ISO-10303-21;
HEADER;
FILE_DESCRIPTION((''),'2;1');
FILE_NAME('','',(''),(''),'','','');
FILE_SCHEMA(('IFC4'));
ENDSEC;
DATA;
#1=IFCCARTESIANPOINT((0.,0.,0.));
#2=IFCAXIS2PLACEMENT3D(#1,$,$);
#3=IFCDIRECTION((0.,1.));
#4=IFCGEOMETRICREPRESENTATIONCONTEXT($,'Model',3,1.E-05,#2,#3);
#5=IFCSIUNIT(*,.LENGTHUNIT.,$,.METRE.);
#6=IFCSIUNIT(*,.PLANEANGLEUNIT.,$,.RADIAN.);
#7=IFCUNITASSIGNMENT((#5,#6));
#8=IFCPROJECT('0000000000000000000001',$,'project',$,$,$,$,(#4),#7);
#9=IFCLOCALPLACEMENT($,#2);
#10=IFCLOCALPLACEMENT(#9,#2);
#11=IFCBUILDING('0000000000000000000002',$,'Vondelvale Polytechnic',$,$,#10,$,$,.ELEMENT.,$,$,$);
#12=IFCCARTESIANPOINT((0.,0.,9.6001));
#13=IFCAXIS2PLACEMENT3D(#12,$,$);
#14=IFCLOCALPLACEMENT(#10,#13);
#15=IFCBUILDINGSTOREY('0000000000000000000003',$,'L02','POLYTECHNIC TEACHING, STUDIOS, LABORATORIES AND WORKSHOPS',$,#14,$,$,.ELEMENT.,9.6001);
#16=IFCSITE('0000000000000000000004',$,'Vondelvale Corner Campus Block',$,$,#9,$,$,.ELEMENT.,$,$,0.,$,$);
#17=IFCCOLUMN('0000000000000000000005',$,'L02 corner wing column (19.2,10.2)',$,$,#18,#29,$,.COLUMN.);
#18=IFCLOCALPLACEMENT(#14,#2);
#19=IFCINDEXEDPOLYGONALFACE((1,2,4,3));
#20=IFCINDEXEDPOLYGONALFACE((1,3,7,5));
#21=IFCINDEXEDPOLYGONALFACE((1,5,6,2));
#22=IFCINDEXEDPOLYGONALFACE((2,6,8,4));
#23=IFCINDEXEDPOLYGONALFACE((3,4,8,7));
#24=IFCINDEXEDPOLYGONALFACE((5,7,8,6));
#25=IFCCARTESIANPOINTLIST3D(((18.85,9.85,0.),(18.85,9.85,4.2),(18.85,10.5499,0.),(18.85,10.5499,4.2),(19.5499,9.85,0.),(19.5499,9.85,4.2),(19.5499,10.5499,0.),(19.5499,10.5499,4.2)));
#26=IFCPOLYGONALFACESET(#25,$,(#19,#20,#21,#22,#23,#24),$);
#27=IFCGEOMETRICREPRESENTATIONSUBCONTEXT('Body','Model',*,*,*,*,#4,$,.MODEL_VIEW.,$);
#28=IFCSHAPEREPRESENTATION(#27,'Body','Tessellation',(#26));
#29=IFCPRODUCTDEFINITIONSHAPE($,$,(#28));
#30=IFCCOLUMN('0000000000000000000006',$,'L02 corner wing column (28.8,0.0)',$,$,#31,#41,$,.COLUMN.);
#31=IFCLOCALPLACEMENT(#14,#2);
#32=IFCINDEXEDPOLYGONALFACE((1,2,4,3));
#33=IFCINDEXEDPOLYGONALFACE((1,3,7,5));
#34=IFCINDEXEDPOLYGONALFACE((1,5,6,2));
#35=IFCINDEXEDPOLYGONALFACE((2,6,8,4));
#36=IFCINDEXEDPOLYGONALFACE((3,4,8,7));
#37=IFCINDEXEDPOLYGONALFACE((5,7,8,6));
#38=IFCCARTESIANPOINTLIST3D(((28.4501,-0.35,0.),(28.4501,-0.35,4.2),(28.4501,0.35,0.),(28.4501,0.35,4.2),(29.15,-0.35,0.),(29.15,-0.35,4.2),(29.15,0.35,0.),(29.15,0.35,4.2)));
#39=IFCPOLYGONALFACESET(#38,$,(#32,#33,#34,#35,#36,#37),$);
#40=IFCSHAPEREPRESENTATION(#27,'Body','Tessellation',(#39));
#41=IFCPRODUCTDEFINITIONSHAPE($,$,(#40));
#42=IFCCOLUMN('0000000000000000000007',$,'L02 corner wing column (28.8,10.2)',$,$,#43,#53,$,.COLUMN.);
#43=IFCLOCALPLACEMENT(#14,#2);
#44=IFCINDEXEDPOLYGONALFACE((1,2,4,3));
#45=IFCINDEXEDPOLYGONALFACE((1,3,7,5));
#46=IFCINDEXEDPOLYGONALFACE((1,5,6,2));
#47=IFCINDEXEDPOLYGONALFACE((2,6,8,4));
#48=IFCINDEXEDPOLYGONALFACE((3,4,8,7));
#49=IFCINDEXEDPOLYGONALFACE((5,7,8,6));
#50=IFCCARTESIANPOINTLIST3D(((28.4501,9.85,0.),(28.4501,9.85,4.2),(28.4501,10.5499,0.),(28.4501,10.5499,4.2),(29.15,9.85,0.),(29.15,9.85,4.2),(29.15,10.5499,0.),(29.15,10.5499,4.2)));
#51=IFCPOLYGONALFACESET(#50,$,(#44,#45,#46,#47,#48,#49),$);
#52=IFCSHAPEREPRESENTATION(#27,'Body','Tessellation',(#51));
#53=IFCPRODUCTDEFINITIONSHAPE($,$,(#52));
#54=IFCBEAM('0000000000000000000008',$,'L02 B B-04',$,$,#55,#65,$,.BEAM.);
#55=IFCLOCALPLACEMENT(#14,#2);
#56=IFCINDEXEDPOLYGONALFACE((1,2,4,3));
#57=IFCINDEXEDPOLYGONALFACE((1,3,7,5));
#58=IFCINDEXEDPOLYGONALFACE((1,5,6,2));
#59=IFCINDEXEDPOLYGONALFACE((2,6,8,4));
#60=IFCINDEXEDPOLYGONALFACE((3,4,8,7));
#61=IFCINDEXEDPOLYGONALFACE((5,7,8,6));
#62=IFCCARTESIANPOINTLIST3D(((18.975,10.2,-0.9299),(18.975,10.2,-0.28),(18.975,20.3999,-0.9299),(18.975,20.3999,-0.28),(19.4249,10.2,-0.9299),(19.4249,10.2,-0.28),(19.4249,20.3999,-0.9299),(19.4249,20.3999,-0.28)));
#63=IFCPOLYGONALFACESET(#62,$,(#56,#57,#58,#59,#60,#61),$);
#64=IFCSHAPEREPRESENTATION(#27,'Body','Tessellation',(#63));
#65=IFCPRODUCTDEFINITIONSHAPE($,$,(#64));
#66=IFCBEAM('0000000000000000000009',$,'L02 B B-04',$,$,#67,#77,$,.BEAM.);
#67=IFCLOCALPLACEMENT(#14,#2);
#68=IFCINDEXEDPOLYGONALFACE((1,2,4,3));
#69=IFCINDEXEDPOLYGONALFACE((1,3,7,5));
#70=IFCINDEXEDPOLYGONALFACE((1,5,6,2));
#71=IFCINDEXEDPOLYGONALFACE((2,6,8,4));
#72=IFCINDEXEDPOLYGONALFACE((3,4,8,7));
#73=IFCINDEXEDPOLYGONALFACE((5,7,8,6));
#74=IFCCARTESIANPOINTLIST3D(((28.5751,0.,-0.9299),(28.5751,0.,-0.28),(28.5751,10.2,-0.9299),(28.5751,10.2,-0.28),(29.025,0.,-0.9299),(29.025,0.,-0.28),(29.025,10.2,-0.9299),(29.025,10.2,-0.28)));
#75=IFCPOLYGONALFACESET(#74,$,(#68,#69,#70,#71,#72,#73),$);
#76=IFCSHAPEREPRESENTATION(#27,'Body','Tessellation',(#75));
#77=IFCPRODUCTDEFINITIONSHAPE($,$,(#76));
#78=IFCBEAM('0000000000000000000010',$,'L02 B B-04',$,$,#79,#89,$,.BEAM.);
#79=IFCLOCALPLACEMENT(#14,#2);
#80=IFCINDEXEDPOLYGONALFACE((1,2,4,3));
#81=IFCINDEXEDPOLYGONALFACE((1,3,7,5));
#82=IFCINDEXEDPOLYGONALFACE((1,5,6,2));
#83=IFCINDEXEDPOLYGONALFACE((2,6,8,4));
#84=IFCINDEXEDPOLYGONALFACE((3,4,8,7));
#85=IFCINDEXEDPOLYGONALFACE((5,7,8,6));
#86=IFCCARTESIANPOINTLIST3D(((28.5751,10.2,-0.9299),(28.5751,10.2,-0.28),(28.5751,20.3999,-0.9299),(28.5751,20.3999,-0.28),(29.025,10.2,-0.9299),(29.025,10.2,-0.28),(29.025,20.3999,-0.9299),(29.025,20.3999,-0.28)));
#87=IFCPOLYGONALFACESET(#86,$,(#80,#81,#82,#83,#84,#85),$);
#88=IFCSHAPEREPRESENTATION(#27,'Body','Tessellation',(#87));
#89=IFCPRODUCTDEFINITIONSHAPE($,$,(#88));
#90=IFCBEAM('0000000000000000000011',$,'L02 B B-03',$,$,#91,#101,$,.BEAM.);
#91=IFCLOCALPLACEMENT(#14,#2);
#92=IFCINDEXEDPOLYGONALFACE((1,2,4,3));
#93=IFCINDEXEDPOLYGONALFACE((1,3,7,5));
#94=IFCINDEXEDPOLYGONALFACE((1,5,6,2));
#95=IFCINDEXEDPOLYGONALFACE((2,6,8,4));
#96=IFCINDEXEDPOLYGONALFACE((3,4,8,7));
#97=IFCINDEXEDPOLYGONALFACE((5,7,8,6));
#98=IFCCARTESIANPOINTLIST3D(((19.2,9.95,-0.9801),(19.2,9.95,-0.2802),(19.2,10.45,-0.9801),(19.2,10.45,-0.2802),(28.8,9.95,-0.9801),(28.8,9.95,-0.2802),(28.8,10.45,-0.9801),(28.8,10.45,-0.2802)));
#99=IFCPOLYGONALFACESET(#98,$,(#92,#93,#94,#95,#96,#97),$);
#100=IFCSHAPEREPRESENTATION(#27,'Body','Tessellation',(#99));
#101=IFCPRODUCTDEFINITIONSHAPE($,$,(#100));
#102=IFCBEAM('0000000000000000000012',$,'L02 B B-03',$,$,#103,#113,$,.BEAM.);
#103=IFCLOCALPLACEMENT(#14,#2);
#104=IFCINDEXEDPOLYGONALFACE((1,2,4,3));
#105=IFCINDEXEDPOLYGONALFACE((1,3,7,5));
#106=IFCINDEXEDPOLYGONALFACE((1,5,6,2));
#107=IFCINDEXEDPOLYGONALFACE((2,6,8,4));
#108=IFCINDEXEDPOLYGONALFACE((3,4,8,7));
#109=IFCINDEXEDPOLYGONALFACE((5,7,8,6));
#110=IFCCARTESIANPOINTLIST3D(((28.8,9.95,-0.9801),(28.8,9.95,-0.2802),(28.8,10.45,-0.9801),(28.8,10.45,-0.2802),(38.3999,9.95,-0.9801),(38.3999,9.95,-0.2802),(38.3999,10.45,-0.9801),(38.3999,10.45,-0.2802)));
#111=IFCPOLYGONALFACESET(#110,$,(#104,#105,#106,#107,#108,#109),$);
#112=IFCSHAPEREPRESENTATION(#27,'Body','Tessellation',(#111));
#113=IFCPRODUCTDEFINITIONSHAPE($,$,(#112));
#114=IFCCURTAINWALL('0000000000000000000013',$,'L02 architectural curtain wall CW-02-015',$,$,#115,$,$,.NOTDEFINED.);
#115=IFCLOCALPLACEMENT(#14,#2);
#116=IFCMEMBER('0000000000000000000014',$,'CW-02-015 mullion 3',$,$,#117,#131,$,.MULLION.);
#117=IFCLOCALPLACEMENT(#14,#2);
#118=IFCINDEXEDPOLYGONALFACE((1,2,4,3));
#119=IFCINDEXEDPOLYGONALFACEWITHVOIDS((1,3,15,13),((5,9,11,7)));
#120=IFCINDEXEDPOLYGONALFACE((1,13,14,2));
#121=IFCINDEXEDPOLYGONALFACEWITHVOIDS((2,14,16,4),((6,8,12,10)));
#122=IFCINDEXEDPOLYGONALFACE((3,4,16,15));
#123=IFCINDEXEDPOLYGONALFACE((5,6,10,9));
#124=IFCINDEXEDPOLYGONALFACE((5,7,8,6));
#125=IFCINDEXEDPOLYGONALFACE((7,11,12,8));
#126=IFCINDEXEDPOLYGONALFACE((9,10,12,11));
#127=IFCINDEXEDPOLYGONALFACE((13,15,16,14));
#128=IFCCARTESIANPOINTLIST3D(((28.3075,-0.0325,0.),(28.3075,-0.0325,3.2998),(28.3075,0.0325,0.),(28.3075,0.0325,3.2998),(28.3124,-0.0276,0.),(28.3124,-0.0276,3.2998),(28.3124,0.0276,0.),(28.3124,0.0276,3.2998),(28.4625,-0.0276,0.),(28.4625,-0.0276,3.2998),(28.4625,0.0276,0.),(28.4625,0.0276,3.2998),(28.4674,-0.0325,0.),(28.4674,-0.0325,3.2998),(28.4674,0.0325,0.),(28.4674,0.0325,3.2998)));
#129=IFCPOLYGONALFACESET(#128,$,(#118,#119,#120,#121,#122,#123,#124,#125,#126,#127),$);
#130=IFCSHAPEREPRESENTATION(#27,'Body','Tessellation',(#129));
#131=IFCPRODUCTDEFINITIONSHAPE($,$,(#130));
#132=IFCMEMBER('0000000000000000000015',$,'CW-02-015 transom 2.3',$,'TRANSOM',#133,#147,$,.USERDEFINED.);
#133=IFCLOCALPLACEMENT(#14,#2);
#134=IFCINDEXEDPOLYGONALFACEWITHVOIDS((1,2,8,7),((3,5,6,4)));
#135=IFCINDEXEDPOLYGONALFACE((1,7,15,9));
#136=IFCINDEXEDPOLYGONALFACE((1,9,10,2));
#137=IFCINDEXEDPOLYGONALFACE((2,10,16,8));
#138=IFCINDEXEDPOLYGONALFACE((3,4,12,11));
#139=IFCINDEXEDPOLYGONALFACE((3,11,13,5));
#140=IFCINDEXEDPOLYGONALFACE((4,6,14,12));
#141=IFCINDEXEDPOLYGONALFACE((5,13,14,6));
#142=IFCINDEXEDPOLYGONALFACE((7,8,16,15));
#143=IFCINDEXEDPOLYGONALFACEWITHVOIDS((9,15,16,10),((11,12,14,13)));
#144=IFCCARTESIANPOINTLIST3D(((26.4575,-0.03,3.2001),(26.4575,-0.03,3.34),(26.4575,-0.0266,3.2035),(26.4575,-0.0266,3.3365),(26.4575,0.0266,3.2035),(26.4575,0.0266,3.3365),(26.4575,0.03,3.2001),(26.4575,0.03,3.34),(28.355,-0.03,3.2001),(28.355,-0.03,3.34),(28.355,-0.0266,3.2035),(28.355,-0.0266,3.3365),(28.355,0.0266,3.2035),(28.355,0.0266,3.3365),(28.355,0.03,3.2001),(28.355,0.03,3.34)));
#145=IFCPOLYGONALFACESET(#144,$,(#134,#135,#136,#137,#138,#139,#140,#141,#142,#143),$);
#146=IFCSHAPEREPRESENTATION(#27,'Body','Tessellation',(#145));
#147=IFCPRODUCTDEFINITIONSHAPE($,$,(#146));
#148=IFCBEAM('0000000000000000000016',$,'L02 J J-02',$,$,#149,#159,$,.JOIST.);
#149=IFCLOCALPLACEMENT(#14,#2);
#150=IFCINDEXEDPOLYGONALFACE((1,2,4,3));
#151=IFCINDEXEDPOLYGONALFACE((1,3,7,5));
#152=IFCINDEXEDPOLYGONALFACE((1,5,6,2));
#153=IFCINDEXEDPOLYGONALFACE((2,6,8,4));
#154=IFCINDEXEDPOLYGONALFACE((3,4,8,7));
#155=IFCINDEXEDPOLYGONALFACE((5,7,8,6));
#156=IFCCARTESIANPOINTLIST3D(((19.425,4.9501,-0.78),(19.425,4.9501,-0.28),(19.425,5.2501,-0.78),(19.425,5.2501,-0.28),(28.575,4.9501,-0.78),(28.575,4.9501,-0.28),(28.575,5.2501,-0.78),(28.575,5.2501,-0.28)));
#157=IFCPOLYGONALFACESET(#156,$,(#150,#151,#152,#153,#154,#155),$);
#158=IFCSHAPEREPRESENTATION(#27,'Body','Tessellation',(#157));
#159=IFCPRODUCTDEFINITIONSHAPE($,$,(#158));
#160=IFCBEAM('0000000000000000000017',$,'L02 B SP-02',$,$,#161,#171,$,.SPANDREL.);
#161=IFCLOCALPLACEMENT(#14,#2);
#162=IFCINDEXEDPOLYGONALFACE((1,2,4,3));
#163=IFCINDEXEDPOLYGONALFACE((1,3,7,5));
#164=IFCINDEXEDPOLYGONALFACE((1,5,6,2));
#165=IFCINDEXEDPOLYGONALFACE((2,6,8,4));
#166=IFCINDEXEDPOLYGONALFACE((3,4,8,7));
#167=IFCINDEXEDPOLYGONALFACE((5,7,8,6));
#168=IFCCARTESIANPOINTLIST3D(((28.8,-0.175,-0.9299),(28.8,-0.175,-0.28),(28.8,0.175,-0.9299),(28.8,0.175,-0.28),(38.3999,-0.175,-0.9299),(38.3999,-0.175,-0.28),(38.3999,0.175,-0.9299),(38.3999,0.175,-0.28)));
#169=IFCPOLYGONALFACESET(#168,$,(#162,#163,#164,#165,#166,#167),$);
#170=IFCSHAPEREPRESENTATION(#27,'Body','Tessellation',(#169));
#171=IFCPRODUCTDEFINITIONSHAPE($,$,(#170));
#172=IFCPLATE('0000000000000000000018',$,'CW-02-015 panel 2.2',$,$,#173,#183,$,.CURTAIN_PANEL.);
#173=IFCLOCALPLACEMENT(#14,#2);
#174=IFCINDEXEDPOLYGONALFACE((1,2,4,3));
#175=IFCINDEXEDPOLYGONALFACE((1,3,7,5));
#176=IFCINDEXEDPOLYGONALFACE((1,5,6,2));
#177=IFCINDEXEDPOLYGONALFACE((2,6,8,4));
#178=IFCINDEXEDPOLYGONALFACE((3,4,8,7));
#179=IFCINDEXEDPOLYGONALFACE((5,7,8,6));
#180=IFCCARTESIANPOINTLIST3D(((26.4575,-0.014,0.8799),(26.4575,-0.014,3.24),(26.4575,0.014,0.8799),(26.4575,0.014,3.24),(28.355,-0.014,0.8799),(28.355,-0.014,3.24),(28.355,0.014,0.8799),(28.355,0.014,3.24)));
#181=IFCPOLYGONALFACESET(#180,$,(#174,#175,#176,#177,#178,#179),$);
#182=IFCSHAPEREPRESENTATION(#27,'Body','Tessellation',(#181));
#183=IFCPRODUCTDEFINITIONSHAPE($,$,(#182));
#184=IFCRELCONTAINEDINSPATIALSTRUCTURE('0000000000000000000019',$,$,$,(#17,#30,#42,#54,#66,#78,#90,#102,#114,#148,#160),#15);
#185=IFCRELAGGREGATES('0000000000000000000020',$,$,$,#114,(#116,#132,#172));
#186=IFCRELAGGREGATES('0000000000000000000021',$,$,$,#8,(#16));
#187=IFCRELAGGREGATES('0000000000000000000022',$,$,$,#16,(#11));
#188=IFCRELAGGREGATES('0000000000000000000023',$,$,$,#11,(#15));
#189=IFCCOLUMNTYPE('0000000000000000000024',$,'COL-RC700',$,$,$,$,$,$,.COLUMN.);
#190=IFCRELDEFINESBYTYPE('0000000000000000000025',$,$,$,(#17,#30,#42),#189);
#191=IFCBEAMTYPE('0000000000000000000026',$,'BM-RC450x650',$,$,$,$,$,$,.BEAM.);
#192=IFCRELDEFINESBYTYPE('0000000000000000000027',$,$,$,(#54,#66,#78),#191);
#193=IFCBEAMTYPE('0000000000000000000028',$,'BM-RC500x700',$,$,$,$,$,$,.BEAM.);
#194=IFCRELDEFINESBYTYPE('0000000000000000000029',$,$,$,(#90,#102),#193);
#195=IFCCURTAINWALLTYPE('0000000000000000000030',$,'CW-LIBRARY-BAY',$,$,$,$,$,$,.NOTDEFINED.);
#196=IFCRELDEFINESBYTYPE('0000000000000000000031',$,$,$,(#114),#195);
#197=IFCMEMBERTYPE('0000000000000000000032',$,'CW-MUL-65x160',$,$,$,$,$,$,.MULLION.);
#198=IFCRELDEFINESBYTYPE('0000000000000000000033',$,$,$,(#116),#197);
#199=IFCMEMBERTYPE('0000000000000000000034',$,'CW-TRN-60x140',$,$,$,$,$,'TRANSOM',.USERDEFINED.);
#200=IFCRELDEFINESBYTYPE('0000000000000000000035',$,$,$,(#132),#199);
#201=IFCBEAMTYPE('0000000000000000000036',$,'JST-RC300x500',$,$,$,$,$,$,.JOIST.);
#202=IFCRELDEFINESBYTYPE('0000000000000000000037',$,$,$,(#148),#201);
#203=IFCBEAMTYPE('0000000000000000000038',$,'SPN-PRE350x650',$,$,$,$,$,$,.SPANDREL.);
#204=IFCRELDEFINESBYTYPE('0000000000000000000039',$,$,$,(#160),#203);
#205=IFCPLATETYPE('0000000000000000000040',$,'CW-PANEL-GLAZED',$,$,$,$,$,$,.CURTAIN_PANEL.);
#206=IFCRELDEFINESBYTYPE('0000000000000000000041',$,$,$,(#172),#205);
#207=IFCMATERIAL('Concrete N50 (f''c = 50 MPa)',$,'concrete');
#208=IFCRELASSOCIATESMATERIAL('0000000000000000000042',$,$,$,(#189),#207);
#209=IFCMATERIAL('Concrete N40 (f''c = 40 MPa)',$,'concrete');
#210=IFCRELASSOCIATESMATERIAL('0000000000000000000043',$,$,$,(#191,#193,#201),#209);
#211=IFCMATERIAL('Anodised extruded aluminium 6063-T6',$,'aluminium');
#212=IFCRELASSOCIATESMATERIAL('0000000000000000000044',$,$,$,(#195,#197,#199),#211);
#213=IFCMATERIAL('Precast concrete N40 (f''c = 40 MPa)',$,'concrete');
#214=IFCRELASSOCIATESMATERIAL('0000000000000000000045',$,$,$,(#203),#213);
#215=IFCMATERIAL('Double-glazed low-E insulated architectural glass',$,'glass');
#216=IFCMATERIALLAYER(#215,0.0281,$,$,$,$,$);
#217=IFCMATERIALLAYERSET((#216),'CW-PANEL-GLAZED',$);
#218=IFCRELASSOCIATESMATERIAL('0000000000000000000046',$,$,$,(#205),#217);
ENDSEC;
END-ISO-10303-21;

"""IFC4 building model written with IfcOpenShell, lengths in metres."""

from ifc_helpers import new_model, si_unit, direction, frame, origin, origin_2d, place, context, subcontext, project, spatial, rectangle, hollow_rectangle, extrude, material, layer, layer_set, material_profile, profile_set, type_object, element, aggregate, save


model = new_model("IFC4")

# Units and contexts
model_context = context("Model", 3, precision=1e-05, world=origin(), true_north=direction((0.0, 1.0)))
body_context = subcontext(model_context, "Body", "Model", "MODEL_VIEW")
ifc_project = project(units=[si_unit("LENGTHUNIT", "METRE"), si_unit("PLANEANGLEUNIT", "RADIAN")], contexts=[model_context])

# Site, building, storey
site_placement = place(None, origin())
site = spatial("IfcSite", under=ifc_project, at=site_placement, Name="Vondelvale Corner Campus Block", CompositionType="ELEMENT", RefElevation=0.0)
building_placement = place(site_placement, origin())
building = spatial("IfcBuilding", under=site, at=building_placement, Name="Vondelvale Polytechnic", CompositionType="ELEMENT")
storey_placement = place(building_placement, frame((0.0, 0.0, 9.6001)))
storey = spatial("IfcBuildingStorey", under=building, at=storey_placement, Name="L02", Description="POLYTECHNIC TEACHING, STUDIOS, LABORATORIES AND WORKSHOPS", CompositionType="ELEMENT", Elevation=9.6001)

# Columns
ifc_material_1 = material(Name="Concrete N50 (f'c = 50 MPa)", Category="concrete")
ifc_material_profile_1 = material_profile(ifc_material_1, rectangle(XDim=0.7, YDim=0.7, at=origin_2d()), Name="RC-COL-700x700")
ifc_profile_set_1 = profile_set([ifc_material_profile_1], Name="Concrete N50 (f'c = 50 MPa)")
column_type = type_object("IfcColumnType", Name="COL-RC700", PredefinedType="COLUMN", material=ifc_profile_set_1)
for number, where, z_axis, x_axis, name in (
    (1, (19.2, 10.2, 0.0), (0.0, 0.0, 1.0), (1.0, 0.0, 0.0), "L02 corner wing column (19.2,10.2)"),
    (2, (28.8, 0.0, 0.0), (0.0, 0.0, 1.0), (1.0, 0.0, 0.0), "L02 corner wing column (28.8,0.0)"),
    (3, (28.8, 10.2, 0.0), (0.0, 0.0, 1.0), (1.0, 0.0, 0.0), "L02 corner wing column (28.8,10.2)"),
):
    element("IfcColumn", number, at=place(storey_placement, frame(where, z_axis=z_axis, x_axis=x_axis)), inside=storey, type_object=column_type, Name=name, PredefinedType="COLUMN", context=body_context, shape_type="SweptSolid", body=[
        extrude(rectangle(XDim=0.7, YDim=0.7, at=origin_2d()), origin(), (0.0, 0.0, 1.0), 4.2),
    ])

# Beams
ifc_material_2 = material(Name="Concrete N40 (f'c = 40 MPa)", Category="concrete")
ifc_material_profile_2 = material_profile(ifc_material_2, rectangle(XDim=0.45, YDim=0.6499, at=origin_2d()), Name="RC-BM-450x650")
ifc_profile_set_2 = profile_set([ifc_material_profile_2], Name="Concrete N40 (f'c = 40 MPa)")
beam_type_1 = type_object("IfcBeamType", Name="BM-RC450x650", PredefinedType="BEAM", material=ifc_profile_set_2)
for number, where, z_axis, x_axis, name in (
    (4, (19.2, 10.2, -0.605), (0.0, 1.0, 0.0), (-1.0, 0.0, 0.0), "L02 B B-04"),
    (5, (28.8, 0.0, -0.605), (0.0, 1.0, 0.0), (-1.0, 0.0, 0.0), "L02 B B-04"),
    (6, (28.8, 10.2, -0.605), (0.0, 1.0, 0.0), (-1.0, 0.0, 0.0), "L02 B B-04"),
):
    element("IfcBeam", number, at=place(storey_placement, frame(where, z_axis=z_axis, x_axis=x_axis)), inside=storey, type_object=beam_type_1, Name=name, PredefinedType="BEAM", context=body_context, shape_type="SweptSolid", body=[
        extrude(rectangle(XDim=0.45, YDim=0.6499, at=origin_2d()), origin(), (0.0, 0.0, 1.0), 10.2),
    ])
ifc_material_profile_3 = material_profile(ifc_material_2, rectangle(XDim=0.5, YDim=0.7, at=origin_2d()), Name="RC-BM-500x700")
ifc_profile_set_3 = profile_set([ifc_material_profile_3], Name="Concrete N40 (f'c = 40 MPa)")
beam_type_2 = type_object("IfcBeamType", Name="BM-RC500x700", PredefinedType="BEAM", material=ifc_profile_set_3)
beam_1_placement = place(storey_placement, frame((19.2, 10.2, -0.6301), z_axis=(1.0, 0.0, 0.0), x_axis=(0.0, 1.0, 0.0)))
element("IfcBeam", 7, at=beam_1_placement, inside=storey, type_object=beam_type_2, Name="L02 B B-03", PredefinedType="BEAM", context=body_context, shape_type="SweptSolid", body=[
    extrude(rectangle(XDim=0.5, YDim=0.7, at=origin_2d()), origin(), (0.0, 0.0, 1.0), 9.6001),
])
beam_2_placement = place(storey_placement, frame((28.8, 10.2, -0.6301), z_axis=(1.0, 0.0, 0.0), x_axis=(0.0, 1.0, 0.0)))
element("IfcBeam", 8, at=beam_2_placement, inside=storey, type_object=beam_type_2, Name="L02 B B-03", PredefinedType="BEAM", context=body_context, shape_type="SweptSolid", body=[
    extrude(rectangle(XDim=0.5, YDim=0.7, at=origin_2d()), origin(), (0.0, 0.0, 1.0), 9.5999),
])

# Curtain wall, members
ifc_material_3 = material(Name="Anodised extruded aluminium 6063-T6", Category="aluminium")
curtain_wall_type = type_object("IfcCurtainWallType", Name="CW-LIBRARY-BAY", PredefinedType="NOTDEFINED", material=ifc_material_3)
curtain_wall_placement = place(storey_placement, origin())
curtain_wall = element("IfcCurtainWall", 9, at=curtain_wall_placement, inside=storey, type_object=curtain_wall_type, Name="L02 architectural curtain wall CW-02-015", PredefinedType="NOTDEFINED")
ifc_material_profile_4 = material_profile(ifc_material_3, hollow_rectangle(XDim=0.0649, YDim=0.1599, WallThickness=0.0049, at=origin_2d()), Name="CW-MUL-160x65")
ifc_profile_set_4 = profile_set([ifc_material_profile_4], Name="Anodised extruded aluminium 6063-T6")
member_type_1 = type_object("IfcMemberType", Name="CW-MUL-65x160", PredefinedType="MULLION", material=ifc_profile_set_4)
member_1_placement = place(storey_placement, frame((28.3875, 0.0, 0.0), z_axis=(0.0, 0.0, 1.0), x_axis=(0.0, 1.0, 0.0)))
member_1 = element("IfcMember", 10, at=member_1_placement, type_object=member_type_1, Name="CW-02-015 mullion 3", PredefinedType="MULLION", context=body_context, shape_type="SweptSolid", body=[
    extrude(hollow_rectangle(XDim=0.0649, YDim=0.1599, WallThickness=0.0049, at=origin_2d()), origin(), (0.0, 0.0, 1.0), 3.2998),
])
ifc_material_profile_5 = material_profile(ifc_material_3, hollow_rectangle(XDim=0.0601, YDim=0.1399, WallThickness=0.0034, at=origin_2d()), Name="CW-TRN-140x60")
ifc_profile_set_5 = profile_set([ifc_material_profile_5], Name="Anodised extruded aluminium 6063-T6")
member_type_2 = type_object("IfcMemberType", Name="CW-TRN-60x140", ElementType="TRANSOM", PredefinedType="USERDEFINED", material=ifc_profile_set_5)
member_2_placement = place(storey_placement, frame((26.4575, 0.0, 3.27), z_axis=(1.0, 0.0, 0.0), x_axis=(0.0, 1.0, 0.0)))
member_2 = element("IfcMember", 11, at=member_2_placement, type_object=member_type_2, Name="CW-02-015 transom 2.3", ObjectType="TRANSOM", PredefinedType="USERDEFINED", context=body_context, shape_type="SweptSolid", body=[
    extrude(hollow_rectangle(XDim=0.0601, YDim=0.1399, WallThickness=0.0034, at=origin_2d()), origin(), (0.0, 0.0, 1.0), 1.8975),
])

# Beams
ifc_material_profile_6 = material_profile(ifc_material_2, rectangle(XDim=0.3, YDim=0.5, at=origin_2d()), Name="RC-JST-300x500")
ifc_profile_set_6 = profile_set([ifc_material_profile_6], Name="Concrete N40 (f'c = 40 MPa)")
beam_type_3 = type_object("IfcBeamType", Name="JST-RC300x500", PredefinedType="JOIST", material=ifc_profile_set_6)
beam_3_placement = place(storey_placement, frame((19.425, 5.1001, -0.53), z_axis=(1.0, 0.0, 0.0), x_axis=(0.0, 1.0, 0.0)))
element("IfcBeam", 12, at=beam_3_placement, inside=storey, type_object=beam_type_3, Name="L02 J J-02", PredefinedType="JOIST", context=body_context, shape_type="SweptSolid", body=[
    extrude(rectangle(XDim=0.3, YDim=0.5, at=origin_2d()), origin(), (0.0, 0.0, 1.0), 9.1499),
])
ifc_material_4 = material(Name="Precast concrete N40 (f'c = 40 MPa)", Category="concrete")
ifc_material_profile_7 = material_profile(ifc_material_4, rectangle(XDim=0.3501, YDim=0.6499, at=origin_2d()), Name="RC-SPN-350x650")
ifc_profile_set_7 = profile_set([ifc_material_profile_7], Name="Precast concrete N40 (f'c = 40 MPa)")
beam_type_4 = type_object("IfcBeamType", Name="SPN-PRE350x650", PredefinedType="SPANDREL", material=ifc_profile_set_7)
beam_4_placement = place(storey_placement, frame((28.8, 0.0, -0.605), z_axis=(1.0, 0.0, 0.0), x_axis=(0.0, 1.0, 0.0)))
element("IfcBeam", 13, at=beam_4_placement, inside=storey, type_object=beam_type_4, Name="L02 B SP-02", PredefinedType="SPANDREL", context=body_context, shape_type="SweptSolid", body=[
    extrude(rectangle(XDim=0.3501, YDim=0.6499, at=origin_2d()), origin(), (0.0, 0.0, 1.0), 9.5999),
])

# Plate
ifc_material_5 = material(Name="Double-glazed low-E insulated architectural glass", Category="glass")
ifc_layer_1 = layer(ifc_material_5, 0.0281)
ifc_layer_set_1 = layer_set([ifc_layer_1], Name="CW-PANEL-GLAZED")
plate_type_1 = type_object("IfcPlateType", Name="CW-PANEL-GLAZED", PredefinedType="CURTAIN_PANEL", material=ifc_layer_set_1)
plate_1_placement = place(storey_placement, frame((27.4062, 0.0, 0.8799), z_axis=(0.0, 0.0, 1.0), x_axis=(1.0, 0.0, 0.0)))
plate_1 = element("IfcPlate", 14, at=plate_1_placement, type_object=plate_type_1, Name="CW-02-015 panel 2.2", PredefinedType="CURTAIN_PANEL", context=body_context, shape_type="SweptSolid", body=[
    extrude(rectangle(XDim=1.8975, YDim=0.0281, at=origin_2d()), origin(), (0.0, 0.0, 1.0), 2.3601),
])
aggregate(curtain_wall, [member_1, member_2, plate_1])

save(model, "model.ifc")
